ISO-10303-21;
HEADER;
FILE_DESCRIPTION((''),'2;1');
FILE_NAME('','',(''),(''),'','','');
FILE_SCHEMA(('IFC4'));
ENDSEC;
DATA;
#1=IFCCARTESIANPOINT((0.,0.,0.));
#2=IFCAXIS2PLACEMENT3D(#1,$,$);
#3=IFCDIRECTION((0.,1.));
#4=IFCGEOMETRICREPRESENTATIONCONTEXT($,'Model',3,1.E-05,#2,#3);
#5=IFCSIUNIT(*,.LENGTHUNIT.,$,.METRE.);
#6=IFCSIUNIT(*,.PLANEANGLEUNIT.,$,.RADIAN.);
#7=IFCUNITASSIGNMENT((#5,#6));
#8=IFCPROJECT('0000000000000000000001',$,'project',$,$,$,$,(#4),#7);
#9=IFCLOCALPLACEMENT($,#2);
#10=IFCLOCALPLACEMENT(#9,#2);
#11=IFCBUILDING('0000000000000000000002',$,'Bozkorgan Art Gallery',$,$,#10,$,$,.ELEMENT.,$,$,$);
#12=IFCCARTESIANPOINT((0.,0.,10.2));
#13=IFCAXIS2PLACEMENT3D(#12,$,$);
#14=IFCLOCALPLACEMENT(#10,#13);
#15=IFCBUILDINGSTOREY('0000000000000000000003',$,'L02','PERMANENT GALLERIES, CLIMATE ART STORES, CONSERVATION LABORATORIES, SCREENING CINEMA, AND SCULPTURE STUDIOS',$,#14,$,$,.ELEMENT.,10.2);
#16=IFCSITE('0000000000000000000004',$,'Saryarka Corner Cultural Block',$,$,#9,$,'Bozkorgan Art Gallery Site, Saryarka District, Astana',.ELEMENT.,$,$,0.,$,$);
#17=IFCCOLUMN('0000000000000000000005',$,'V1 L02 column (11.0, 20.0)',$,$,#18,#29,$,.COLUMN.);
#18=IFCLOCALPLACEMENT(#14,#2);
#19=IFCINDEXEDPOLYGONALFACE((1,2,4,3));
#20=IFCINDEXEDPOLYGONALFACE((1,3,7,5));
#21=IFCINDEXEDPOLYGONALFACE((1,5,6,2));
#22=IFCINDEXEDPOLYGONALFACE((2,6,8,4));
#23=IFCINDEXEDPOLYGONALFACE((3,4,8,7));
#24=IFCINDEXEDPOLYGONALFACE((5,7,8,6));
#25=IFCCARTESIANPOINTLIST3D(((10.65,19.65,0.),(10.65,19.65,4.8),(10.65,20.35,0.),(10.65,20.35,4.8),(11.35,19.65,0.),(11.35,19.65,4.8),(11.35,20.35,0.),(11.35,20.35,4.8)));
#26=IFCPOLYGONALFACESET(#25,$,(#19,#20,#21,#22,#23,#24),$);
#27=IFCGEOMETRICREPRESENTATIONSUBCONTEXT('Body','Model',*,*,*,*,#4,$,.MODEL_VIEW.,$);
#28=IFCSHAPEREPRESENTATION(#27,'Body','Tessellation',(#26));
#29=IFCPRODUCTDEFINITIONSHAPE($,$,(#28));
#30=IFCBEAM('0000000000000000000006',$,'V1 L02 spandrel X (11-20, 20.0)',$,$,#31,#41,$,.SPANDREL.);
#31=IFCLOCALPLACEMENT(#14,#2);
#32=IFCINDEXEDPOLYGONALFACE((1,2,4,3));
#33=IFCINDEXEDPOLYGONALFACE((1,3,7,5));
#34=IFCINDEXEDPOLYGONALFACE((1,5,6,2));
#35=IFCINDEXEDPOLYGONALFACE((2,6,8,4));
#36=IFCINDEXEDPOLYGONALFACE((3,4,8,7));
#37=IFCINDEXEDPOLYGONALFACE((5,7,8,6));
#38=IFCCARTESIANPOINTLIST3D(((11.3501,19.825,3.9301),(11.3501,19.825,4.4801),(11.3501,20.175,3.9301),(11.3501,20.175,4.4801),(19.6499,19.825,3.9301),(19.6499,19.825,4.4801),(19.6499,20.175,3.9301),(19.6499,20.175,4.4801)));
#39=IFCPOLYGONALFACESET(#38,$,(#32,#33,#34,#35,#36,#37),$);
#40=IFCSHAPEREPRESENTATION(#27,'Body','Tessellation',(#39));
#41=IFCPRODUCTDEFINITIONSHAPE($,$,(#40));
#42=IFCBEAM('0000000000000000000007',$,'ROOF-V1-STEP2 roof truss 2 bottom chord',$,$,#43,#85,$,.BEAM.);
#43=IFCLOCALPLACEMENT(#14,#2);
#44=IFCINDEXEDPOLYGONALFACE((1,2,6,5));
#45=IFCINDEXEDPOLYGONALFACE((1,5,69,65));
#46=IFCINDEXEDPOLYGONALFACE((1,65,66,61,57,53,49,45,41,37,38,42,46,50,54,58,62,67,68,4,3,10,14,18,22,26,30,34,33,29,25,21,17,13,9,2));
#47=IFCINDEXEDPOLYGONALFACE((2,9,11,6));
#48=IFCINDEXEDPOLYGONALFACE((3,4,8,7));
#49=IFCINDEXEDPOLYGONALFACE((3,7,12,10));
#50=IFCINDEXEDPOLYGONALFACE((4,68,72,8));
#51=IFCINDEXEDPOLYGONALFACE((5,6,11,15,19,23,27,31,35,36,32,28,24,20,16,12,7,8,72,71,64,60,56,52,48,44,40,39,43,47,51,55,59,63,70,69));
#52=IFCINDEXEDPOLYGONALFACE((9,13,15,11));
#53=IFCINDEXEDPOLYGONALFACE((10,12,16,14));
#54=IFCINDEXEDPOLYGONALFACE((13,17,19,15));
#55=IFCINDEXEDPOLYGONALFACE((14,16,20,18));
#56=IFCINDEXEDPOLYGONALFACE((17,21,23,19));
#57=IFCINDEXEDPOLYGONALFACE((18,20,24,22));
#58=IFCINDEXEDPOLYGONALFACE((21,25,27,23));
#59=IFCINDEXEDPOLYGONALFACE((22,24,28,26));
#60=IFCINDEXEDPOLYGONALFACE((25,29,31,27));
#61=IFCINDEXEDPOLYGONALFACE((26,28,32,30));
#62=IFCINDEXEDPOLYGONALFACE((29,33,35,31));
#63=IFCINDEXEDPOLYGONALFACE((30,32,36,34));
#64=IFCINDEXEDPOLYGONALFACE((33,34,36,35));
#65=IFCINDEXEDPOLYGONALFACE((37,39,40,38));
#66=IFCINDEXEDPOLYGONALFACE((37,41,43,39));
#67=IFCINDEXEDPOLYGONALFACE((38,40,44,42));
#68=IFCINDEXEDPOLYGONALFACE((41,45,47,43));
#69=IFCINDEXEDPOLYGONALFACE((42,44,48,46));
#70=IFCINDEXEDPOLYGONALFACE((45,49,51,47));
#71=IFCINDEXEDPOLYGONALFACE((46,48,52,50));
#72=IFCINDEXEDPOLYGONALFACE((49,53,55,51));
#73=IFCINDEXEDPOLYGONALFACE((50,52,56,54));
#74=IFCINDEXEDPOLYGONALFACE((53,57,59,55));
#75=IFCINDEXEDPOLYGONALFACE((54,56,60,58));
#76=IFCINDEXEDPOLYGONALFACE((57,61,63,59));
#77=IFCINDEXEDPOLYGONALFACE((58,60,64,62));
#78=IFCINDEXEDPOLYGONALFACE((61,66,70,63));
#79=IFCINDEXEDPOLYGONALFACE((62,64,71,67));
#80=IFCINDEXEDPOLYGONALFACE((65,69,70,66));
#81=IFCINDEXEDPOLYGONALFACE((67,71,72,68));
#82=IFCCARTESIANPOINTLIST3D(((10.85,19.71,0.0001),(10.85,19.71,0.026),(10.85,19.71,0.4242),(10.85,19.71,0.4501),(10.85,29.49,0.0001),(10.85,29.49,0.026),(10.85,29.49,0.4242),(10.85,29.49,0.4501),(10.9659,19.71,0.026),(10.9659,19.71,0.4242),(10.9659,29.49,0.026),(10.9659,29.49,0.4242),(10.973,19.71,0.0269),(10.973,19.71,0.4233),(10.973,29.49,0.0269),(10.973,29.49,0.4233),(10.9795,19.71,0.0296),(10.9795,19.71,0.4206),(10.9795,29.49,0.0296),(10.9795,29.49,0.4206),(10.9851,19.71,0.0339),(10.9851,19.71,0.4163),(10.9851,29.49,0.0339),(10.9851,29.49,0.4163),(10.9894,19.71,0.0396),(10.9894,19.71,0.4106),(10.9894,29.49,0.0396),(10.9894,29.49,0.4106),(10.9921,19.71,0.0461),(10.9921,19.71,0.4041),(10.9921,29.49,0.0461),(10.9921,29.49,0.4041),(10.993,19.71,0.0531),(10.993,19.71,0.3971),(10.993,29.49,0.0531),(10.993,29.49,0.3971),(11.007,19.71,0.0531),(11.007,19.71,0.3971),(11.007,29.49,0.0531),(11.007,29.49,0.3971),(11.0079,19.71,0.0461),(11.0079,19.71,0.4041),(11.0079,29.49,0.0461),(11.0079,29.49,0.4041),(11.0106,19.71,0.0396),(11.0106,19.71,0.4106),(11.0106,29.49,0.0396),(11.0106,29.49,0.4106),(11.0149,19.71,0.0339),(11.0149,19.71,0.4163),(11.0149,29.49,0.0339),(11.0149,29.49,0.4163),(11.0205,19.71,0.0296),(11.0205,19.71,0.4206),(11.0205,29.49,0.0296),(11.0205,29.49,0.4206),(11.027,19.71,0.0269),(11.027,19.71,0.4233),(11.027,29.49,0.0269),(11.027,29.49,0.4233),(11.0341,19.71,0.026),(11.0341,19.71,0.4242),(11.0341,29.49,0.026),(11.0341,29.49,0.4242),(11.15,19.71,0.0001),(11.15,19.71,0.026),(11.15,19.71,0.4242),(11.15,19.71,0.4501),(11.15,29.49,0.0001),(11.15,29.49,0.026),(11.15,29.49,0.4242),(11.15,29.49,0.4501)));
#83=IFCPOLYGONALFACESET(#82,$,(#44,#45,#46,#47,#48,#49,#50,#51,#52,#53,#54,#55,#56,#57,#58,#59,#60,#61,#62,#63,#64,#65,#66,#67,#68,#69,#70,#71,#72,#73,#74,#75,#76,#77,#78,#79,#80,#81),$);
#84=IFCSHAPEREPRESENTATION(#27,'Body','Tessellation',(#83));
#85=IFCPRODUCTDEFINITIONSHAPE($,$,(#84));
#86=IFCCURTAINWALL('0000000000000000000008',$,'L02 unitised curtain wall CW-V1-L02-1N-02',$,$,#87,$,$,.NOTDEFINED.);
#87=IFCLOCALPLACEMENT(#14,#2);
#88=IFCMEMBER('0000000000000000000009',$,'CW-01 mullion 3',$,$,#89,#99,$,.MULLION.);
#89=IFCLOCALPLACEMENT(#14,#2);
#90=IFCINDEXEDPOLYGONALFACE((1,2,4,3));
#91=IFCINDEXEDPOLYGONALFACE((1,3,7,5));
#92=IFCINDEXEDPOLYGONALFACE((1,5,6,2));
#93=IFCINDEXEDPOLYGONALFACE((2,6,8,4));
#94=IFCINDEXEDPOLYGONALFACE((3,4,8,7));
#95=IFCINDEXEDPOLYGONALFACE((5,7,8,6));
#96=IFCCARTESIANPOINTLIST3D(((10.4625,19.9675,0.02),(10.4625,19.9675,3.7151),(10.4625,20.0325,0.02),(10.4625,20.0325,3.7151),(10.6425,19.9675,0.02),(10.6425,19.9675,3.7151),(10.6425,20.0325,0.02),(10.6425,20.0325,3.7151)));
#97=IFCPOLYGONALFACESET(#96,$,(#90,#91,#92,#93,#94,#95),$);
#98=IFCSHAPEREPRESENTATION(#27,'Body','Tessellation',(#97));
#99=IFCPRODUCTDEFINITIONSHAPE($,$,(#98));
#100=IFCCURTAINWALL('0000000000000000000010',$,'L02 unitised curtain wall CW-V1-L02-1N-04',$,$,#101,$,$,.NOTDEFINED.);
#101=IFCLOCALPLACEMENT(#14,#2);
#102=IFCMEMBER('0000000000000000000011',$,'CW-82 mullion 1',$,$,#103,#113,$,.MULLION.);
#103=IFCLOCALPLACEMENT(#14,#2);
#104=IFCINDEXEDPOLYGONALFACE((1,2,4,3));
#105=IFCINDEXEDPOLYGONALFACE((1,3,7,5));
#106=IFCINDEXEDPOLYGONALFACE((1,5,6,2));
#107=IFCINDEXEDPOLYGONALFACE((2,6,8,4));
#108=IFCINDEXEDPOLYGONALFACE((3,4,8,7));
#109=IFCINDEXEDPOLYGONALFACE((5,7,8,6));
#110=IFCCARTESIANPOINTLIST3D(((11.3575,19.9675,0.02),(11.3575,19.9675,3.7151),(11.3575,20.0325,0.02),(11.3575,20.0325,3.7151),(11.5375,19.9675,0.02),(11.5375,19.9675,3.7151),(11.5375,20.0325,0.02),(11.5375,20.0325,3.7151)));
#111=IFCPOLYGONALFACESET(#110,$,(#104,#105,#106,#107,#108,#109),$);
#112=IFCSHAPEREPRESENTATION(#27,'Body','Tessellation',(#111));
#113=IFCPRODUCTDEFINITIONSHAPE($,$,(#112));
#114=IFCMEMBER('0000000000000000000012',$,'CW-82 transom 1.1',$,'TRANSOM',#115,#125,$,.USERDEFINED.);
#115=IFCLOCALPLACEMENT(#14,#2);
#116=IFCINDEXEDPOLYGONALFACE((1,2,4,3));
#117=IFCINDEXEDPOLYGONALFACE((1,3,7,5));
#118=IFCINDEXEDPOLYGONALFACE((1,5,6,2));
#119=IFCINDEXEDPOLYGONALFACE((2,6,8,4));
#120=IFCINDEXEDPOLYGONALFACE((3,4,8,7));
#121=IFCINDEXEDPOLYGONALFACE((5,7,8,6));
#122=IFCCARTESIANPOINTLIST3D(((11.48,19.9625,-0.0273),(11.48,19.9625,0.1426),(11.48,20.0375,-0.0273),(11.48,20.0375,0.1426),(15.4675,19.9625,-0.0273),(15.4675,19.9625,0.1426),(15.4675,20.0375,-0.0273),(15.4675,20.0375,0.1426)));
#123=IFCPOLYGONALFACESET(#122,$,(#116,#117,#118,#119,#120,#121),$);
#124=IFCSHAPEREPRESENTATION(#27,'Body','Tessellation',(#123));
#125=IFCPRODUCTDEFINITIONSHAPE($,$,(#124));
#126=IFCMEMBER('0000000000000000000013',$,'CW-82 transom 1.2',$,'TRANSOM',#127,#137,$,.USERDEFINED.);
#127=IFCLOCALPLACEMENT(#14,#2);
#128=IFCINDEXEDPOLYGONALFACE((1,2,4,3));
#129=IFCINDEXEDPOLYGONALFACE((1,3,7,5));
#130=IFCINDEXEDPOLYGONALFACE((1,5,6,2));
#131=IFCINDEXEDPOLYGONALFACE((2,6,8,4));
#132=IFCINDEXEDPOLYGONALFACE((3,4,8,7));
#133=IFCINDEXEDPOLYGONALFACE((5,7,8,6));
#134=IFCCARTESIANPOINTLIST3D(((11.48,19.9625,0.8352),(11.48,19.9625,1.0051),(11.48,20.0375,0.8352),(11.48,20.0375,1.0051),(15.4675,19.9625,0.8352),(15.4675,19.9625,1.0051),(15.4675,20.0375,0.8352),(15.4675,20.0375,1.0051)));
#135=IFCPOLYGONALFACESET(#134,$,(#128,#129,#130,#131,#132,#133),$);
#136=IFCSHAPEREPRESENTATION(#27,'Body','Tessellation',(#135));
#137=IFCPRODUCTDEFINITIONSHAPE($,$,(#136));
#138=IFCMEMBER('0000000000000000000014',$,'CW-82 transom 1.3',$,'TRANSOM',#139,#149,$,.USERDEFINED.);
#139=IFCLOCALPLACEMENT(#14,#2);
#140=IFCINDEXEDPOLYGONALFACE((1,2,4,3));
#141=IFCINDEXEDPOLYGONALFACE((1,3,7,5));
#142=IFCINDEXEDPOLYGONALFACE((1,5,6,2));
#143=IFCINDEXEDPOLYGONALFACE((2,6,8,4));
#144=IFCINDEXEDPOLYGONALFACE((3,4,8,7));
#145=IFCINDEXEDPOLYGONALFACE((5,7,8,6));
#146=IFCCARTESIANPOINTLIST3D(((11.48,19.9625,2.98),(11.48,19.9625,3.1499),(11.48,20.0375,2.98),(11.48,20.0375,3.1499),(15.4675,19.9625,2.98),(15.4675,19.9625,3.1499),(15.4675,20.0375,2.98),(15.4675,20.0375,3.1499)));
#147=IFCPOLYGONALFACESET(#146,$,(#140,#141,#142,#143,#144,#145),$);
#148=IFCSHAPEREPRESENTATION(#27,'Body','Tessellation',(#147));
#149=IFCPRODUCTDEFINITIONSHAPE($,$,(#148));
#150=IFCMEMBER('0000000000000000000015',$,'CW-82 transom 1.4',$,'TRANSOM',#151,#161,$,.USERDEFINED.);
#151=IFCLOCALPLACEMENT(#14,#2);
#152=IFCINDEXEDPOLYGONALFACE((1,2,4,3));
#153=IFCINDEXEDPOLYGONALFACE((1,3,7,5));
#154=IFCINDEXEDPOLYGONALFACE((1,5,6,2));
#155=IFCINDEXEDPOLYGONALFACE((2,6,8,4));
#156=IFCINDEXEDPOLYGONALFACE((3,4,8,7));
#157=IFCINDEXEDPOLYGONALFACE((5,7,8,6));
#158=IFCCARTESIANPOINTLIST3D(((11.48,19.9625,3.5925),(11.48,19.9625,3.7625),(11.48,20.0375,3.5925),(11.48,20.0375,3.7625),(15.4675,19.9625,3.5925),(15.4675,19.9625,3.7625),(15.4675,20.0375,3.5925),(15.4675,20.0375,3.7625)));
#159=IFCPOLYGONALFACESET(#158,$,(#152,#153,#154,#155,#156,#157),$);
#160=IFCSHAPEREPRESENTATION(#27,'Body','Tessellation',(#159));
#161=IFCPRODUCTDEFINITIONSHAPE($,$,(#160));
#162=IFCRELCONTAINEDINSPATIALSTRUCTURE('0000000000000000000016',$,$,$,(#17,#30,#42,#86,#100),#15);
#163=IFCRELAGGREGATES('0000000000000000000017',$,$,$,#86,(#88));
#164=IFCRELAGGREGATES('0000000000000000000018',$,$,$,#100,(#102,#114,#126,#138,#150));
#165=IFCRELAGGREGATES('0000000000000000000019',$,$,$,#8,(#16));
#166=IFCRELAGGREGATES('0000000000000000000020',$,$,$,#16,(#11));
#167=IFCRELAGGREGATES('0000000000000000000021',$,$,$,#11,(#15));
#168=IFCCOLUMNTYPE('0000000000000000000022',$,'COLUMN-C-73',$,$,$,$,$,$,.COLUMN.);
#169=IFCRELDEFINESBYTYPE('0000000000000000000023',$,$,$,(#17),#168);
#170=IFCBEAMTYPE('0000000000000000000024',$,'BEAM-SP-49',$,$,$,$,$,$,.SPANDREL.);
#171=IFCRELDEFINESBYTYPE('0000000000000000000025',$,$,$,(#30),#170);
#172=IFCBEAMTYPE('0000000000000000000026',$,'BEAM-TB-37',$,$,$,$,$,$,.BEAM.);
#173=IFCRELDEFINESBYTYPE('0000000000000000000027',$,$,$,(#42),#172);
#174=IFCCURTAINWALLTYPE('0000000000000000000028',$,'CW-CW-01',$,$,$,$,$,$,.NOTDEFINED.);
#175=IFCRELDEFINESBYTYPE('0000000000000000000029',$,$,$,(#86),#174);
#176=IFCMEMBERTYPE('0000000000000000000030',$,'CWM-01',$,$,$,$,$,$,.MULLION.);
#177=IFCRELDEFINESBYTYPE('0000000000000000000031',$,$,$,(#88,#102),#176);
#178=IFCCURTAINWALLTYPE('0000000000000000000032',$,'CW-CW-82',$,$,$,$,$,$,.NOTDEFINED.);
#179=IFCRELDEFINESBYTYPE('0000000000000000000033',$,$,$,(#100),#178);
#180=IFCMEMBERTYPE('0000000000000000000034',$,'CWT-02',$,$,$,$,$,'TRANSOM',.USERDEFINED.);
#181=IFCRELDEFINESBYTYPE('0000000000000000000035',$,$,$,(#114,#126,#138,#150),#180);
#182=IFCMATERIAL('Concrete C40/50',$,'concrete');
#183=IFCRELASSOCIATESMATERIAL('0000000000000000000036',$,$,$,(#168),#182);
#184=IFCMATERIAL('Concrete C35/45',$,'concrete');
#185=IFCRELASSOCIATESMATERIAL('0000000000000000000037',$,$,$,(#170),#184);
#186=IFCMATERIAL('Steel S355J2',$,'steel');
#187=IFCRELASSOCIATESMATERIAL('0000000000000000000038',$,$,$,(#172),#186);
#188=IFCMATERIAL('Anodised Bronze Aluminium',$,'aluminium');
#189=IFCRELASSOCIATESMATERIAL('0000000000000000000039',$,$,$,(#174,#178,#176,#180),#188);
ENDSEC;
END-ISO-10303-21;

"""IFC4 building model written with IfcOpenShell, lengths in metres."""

from ifc_helpers import new_model, si_unit, direction, frame, origin, origin_2d, place, context, subcontext, project, spatial, rectangle, i_section, extrude, material, material_profile, profile_set, type_object, element, aggregate, save


model = new_model("IFC4")

# Units and contexts
model_context = context("Model", 3, precision=1e-05, world=origin(), true_north=direction((0.0, 1.0)))
body_context = subcontext(model_context, "Body", "Model", "MODEL_VIEW")
ifc_project = project(units=[si_unit("LENGTHUNIT", "METRE"), si_unit("PLANEANGLEUNIT", "RADIAN")], contexts=[model_context])

# Site, building, storey
site_placement = place(None, origin())
site = spatial("IfcSite", under=ifc_project, at=site_placement, Name="Saryarka Corner Cultural Block", LongName="Bozkorgan Art Gallery Site, Saryarka District, Astana", CompositionType="ELEMENT", RefElevation=0.0)
building_placement = place(site_placement, origin())
building = spatial("IfcBuilding", under=site, at=building_placement, Name="Bozkorgan Art Gallery", CompositionType="ELEMENT")
storey_placement = place(building_placement, frame((0.0, 0.0, 10.2)))
storey = spatial("IfcBuildingStorey", under=building, at=storey_placement, Name="L02", Description="PERMANENT GALLERIES, CLIMATE ART STORES, CONSERVATION LABORATORIES, SCREENING CINEMA, AND SCULPTURE STUDIOS", CompositionType="ELEMENT", Elevation=10.2)

# Column
ifc_material_1 = material(Name="Concrete C40/50", Category="concrete")
ifc_material_profile_1 = material_profile(ifc_material_1, rectangle(XDim=0.7, YDim=0.7, at=origin_2d()), Name="RC 700x700")
ifc_profile_set_1 = profile_set([ifc_material_profile_1], Name="Concrete C40/50")
column_type = type_object("IfcColumnType", Name="COLUMN-C-73", PredefinedType="COLUMN", material=ifc_profile_set_1)
column_placement = place(storey_placement, frame((11.0, 20.0, 0.0), z_axis=(0.0, 0.0, 1.0), x_axis=(1.0, 0.0, 0.0)))
element("IfcColumn", 1, at=column_placement, inside=storey, type_object=column_type, Name="V1 L02 column (11.0, 20.0)", PredefinedType="COLUMN", context=body_context, shape_type="SweptSolid", body=[
    extrude(rectangle(XDim=0.7, YDim=0.7, at=origin_2d()), origin(), (0.0, 0.0, 1.0), 4.8),
])

# Beams
ifc_material_2 = material(Name="Concrete C35/45", Category="concrete")
ifc_material_profile_2 = material_profile(ifc_material_2, rectangle(XDim=0.3501, YDim=0.55, at=origin_2d()), Name="RC 350x550")
ifc_profile_set_2 = profile_set([ifc_material_profile_2], Name="Concrete C35/45")
beam_type_1 = type_object("IfcBeamType", Name="BEAM-SP-49", PredefinedType="SPANDREL", material=ifc_profile_set_2)
beam_1_placement = place(storey_placement, frame((11.3501, 20.0, 4.2051), z_axis=(1.0, 0.0, 0.0), x_axis=(0.0, 1.0, 0.0)))
element("IfcBeam", 2, at=beam_1_placement, inside=storey, type_object=beam_type_1, Name="V1 L02 spandrel X (11-20, 20.0)", PredefinedType="SPANDREL", context=body_context, shape_type="SweptSolid", body=[
    extrude(rectangle(XDim=0.3501, YDim=0.55, at=origin_2d()), origin(), (0.0, 0.0, 1.0), 8.2998),
])
ifc_material_3 = material(Name="Steel S355J2", Category="steel")
ifc_material_profile_3 = material_profile(ifc_material_3, i_section(OverallWidth=0.3, OverallDepth=0.45, WebThickness=0.0139, FlangeThickness=0.0259, FilletRadius=0.0271, at=origin_2d()), Name="HEB 450")
ifc_profile_set_3 = profile_set([ifc_material_profile_3], Name="Steel S355J2")
beam_type_2 = type_object("IfcBeamType", Name="BEAM-TB-37", PredefinedType="BEAM", material=ifc_profile_set_3)
beam_2_placement = place(storey_placement, frame((11.0, 19.71, 0.2251), z_axis=(0.0, 1.0, 0.0), x_axis=(-1.0, 0.0, 0.0)))
element("IfcBeam", 3, at=beam_2_placement, inside=storey, type_object=beam_type_2, Name="ROOF-V1-STEP2 roof truss 2 bottom chord", PredefinedType="BEAM", context=body_context, shape_type="SweptSolid", body=[
    extrude(i_section(OverallWidth=0.3, OverallDepth=0.45, WebThickness=0.0139, FlangeThickness=0.0259, FilletRadius=0.0271, at=origin_2d()), origin(), (0.0, 0.0, 1.0), 9.78),
])

# Curtain wall, member
ifc_material_4 = material(Name="Anodised Bronze Aluminium", Category="aluminium")
curtain_wall_type_1 = type_object("IfcCurtainWallType", Name="CW-CW-01", PredefinedType="NOTDEFINED", material=ifc_material_4)
curtain_wall_1_placement = place(storey_placement, origin())
curtain_wall_1 = element("IfcCurtainWall", 4, at=curtain_wall_1_placement, inside=storey, type_object=curtain_wall_type_1, Name="L02 unitised curtain wall CW-V1-L02-1N-02", PredefinedType="NOTDEFINED")
ifc_material_profile_4 = material_profile(ifc_material_4, rectangle(XDim=0.0649, YDim=0.1799, at=origin_2d()), Name="ALU MULLION 65x180")
ifc_profile_set_4 = profile_set([ifc_material_profile_4], Name="Anodised Bronze Aluminium")
member_type_1 = type_object("IfcMemberType", Name="CWM-01", PredefinedType="MULLION", material=ifc_profile_set_4)
member_1_placement = place(storey_placement, frame((10.5525, 20.0, 0.02), z_axis=(0.0, 0.0, 1.0), x_axis=(0.0, 1.0, 0.0)))
member_1 = element("IfcMember", 5, at=member_1_placement, type_object=member_type_1, Name="CW-01 mullion 3", PredefinedType="MULLION", context=body_context, shape_type="SweptSolid", body=[
    extrude(rectangle(XDim=0.0649, YDim=0.1799, at=origin_2d()), origin(), (0.0, 0.0, 1.0), 3.6951),
])

# Curtain wall, members
curtain_wall_type_2 = type_object("IfcCurtainWallType", Name="CW-CW-82", PredefinedType="NOTDEFINED", material=ifc_material_4)
curtain_wall_2_placement = place(storey_placement, origin())
curtain_wall_2 = element("IfcCurtainWall", 6, at=curtain_wall_2_placement, inside=storey, type_object=curtain_wall_type_2, Name="L02 unitised curtain wall CW-V1-L02-1N-04", PredefinedType="NOTDEFINED")
member_2_placement = place(storey_placement, frame((11.4475, 20.0, 0.02), z_axis=(0.0, 0.0, 1.0), x_axis=(0.0, 1.0, 0.0)))
member_2 = element("IfcMember", 7, at=member_2_placement, type_object=member_type_1, Name="CW-82 mullion 1", PredefinedType="MULLION", context=body_context, shape_type="SweptSolid", body=[
    extrude(rectangle(XDim=0.0649, YDim=0.1799, at=origin_2d()), origin(), (0.0, 0.0, 1.0), 3.6951),
])
ifc_material_profile_5 = material_profile(ifc_material_4, rectangle(XDim=0.075, YDim=0.1699, at=origin_2d()), Name="ALU TRANSOM 75x170")
ifc_profile_set_5 = profile_set([ifc_material_profile_5], Name="Anodised Bronze Aluminium")
member_type_2 = type_object("IfcMemberType", Name="CWT-02", ElementType="TRANSOM", PredefinedType="USERDEFINED", material=ifc_profile_set_5)
member_3_placement = place(storey_placement, frame((11.48, 20.0, 0.0576), z_axis=(1.0, 0.0, 0.0), x_axis=(0.0, 1.0, 0.0)))
member_3 = element("IfcMember", 8, at=member_3_placement, type_object=member_type_2, Name="CW-82 transom 1.1", ObjectType="TRANSOM", PredefinedType="USERDEFINED", context=body_context, shape_type="SweptSolid", body=[
    extrude(rectangle(XDim=0.075, YDim=0.1699, at=origin_2d()), origin(), (0.0, 0.0, 1.0), 3.9875),
])
member_4_placement = place(storey_placement, frame((11.48, 20.0, 0.9202), z_axis=(1.0, 0.0, 0.0), x_axis=(0.0, 1.0, 0.0)))
member_4 = element("IfcMember", 9, at=member_4_placement, type_object=member_type_2, Name="CW-82 transom 1.2", ObjectType="TRANSOM", PredefinedType="USERDEFINED", context=body_context, shape_type="SweptSolid", body=[
    extrude(rectangle(XDim=0.075, YDim=0.1699, at=origin_2d()), origin(), (0.0, 0.0, 1.0), 3.9875),
])
member_5_placement = place(storey_placement, frame((11.48, 20.0, 3.0649), z_axis=(1.0, 0.0, 0.0), x_axis=(0.0, 1.0, 0.0)))
member_5 = element("IfcMember", 10, at=member_5_placement, type_object=member_type_2, Name="CW-82 transom 1.3", ObjectType="TRANSOM", PredefinedType="USERDEFINED", context=body_context, shape_type="SweptSolid", body=[
    extrude(rectangle(XDim=0.075, YDim=0.1699, at=origin_2d()), origin(), (0.0, 0.0, 1.0), 3.9875),
])
member_6_placement = place(storey_placement, frame((11.48, 20.0, 3.6775), z_axis=(1.0, 0.0, 0.0), x_axis=(0.0, 1.0, 0.0)))
member_6 = element("IfcMember", 11, at=member_6_placement, type_object=member_type_2, Name="CW-82 transom 1.4", ObjectType="TRANSOM", PredefinedType="USERDEFINED", context=body_context, shape_type="SweptSolid", body=[
    extrude(rectangle(XDim=0.075, YDim=0.1699, at=origin_2d()), origin(), (0.0, 0.0, 1.0), 3.9875),
])

aggregate(curtain_wall_1, [member_1])
aggregate(curtain_wall_2, [member_2, member_3, member_4, member_5, member_6])

save(model, "model.ifc")
